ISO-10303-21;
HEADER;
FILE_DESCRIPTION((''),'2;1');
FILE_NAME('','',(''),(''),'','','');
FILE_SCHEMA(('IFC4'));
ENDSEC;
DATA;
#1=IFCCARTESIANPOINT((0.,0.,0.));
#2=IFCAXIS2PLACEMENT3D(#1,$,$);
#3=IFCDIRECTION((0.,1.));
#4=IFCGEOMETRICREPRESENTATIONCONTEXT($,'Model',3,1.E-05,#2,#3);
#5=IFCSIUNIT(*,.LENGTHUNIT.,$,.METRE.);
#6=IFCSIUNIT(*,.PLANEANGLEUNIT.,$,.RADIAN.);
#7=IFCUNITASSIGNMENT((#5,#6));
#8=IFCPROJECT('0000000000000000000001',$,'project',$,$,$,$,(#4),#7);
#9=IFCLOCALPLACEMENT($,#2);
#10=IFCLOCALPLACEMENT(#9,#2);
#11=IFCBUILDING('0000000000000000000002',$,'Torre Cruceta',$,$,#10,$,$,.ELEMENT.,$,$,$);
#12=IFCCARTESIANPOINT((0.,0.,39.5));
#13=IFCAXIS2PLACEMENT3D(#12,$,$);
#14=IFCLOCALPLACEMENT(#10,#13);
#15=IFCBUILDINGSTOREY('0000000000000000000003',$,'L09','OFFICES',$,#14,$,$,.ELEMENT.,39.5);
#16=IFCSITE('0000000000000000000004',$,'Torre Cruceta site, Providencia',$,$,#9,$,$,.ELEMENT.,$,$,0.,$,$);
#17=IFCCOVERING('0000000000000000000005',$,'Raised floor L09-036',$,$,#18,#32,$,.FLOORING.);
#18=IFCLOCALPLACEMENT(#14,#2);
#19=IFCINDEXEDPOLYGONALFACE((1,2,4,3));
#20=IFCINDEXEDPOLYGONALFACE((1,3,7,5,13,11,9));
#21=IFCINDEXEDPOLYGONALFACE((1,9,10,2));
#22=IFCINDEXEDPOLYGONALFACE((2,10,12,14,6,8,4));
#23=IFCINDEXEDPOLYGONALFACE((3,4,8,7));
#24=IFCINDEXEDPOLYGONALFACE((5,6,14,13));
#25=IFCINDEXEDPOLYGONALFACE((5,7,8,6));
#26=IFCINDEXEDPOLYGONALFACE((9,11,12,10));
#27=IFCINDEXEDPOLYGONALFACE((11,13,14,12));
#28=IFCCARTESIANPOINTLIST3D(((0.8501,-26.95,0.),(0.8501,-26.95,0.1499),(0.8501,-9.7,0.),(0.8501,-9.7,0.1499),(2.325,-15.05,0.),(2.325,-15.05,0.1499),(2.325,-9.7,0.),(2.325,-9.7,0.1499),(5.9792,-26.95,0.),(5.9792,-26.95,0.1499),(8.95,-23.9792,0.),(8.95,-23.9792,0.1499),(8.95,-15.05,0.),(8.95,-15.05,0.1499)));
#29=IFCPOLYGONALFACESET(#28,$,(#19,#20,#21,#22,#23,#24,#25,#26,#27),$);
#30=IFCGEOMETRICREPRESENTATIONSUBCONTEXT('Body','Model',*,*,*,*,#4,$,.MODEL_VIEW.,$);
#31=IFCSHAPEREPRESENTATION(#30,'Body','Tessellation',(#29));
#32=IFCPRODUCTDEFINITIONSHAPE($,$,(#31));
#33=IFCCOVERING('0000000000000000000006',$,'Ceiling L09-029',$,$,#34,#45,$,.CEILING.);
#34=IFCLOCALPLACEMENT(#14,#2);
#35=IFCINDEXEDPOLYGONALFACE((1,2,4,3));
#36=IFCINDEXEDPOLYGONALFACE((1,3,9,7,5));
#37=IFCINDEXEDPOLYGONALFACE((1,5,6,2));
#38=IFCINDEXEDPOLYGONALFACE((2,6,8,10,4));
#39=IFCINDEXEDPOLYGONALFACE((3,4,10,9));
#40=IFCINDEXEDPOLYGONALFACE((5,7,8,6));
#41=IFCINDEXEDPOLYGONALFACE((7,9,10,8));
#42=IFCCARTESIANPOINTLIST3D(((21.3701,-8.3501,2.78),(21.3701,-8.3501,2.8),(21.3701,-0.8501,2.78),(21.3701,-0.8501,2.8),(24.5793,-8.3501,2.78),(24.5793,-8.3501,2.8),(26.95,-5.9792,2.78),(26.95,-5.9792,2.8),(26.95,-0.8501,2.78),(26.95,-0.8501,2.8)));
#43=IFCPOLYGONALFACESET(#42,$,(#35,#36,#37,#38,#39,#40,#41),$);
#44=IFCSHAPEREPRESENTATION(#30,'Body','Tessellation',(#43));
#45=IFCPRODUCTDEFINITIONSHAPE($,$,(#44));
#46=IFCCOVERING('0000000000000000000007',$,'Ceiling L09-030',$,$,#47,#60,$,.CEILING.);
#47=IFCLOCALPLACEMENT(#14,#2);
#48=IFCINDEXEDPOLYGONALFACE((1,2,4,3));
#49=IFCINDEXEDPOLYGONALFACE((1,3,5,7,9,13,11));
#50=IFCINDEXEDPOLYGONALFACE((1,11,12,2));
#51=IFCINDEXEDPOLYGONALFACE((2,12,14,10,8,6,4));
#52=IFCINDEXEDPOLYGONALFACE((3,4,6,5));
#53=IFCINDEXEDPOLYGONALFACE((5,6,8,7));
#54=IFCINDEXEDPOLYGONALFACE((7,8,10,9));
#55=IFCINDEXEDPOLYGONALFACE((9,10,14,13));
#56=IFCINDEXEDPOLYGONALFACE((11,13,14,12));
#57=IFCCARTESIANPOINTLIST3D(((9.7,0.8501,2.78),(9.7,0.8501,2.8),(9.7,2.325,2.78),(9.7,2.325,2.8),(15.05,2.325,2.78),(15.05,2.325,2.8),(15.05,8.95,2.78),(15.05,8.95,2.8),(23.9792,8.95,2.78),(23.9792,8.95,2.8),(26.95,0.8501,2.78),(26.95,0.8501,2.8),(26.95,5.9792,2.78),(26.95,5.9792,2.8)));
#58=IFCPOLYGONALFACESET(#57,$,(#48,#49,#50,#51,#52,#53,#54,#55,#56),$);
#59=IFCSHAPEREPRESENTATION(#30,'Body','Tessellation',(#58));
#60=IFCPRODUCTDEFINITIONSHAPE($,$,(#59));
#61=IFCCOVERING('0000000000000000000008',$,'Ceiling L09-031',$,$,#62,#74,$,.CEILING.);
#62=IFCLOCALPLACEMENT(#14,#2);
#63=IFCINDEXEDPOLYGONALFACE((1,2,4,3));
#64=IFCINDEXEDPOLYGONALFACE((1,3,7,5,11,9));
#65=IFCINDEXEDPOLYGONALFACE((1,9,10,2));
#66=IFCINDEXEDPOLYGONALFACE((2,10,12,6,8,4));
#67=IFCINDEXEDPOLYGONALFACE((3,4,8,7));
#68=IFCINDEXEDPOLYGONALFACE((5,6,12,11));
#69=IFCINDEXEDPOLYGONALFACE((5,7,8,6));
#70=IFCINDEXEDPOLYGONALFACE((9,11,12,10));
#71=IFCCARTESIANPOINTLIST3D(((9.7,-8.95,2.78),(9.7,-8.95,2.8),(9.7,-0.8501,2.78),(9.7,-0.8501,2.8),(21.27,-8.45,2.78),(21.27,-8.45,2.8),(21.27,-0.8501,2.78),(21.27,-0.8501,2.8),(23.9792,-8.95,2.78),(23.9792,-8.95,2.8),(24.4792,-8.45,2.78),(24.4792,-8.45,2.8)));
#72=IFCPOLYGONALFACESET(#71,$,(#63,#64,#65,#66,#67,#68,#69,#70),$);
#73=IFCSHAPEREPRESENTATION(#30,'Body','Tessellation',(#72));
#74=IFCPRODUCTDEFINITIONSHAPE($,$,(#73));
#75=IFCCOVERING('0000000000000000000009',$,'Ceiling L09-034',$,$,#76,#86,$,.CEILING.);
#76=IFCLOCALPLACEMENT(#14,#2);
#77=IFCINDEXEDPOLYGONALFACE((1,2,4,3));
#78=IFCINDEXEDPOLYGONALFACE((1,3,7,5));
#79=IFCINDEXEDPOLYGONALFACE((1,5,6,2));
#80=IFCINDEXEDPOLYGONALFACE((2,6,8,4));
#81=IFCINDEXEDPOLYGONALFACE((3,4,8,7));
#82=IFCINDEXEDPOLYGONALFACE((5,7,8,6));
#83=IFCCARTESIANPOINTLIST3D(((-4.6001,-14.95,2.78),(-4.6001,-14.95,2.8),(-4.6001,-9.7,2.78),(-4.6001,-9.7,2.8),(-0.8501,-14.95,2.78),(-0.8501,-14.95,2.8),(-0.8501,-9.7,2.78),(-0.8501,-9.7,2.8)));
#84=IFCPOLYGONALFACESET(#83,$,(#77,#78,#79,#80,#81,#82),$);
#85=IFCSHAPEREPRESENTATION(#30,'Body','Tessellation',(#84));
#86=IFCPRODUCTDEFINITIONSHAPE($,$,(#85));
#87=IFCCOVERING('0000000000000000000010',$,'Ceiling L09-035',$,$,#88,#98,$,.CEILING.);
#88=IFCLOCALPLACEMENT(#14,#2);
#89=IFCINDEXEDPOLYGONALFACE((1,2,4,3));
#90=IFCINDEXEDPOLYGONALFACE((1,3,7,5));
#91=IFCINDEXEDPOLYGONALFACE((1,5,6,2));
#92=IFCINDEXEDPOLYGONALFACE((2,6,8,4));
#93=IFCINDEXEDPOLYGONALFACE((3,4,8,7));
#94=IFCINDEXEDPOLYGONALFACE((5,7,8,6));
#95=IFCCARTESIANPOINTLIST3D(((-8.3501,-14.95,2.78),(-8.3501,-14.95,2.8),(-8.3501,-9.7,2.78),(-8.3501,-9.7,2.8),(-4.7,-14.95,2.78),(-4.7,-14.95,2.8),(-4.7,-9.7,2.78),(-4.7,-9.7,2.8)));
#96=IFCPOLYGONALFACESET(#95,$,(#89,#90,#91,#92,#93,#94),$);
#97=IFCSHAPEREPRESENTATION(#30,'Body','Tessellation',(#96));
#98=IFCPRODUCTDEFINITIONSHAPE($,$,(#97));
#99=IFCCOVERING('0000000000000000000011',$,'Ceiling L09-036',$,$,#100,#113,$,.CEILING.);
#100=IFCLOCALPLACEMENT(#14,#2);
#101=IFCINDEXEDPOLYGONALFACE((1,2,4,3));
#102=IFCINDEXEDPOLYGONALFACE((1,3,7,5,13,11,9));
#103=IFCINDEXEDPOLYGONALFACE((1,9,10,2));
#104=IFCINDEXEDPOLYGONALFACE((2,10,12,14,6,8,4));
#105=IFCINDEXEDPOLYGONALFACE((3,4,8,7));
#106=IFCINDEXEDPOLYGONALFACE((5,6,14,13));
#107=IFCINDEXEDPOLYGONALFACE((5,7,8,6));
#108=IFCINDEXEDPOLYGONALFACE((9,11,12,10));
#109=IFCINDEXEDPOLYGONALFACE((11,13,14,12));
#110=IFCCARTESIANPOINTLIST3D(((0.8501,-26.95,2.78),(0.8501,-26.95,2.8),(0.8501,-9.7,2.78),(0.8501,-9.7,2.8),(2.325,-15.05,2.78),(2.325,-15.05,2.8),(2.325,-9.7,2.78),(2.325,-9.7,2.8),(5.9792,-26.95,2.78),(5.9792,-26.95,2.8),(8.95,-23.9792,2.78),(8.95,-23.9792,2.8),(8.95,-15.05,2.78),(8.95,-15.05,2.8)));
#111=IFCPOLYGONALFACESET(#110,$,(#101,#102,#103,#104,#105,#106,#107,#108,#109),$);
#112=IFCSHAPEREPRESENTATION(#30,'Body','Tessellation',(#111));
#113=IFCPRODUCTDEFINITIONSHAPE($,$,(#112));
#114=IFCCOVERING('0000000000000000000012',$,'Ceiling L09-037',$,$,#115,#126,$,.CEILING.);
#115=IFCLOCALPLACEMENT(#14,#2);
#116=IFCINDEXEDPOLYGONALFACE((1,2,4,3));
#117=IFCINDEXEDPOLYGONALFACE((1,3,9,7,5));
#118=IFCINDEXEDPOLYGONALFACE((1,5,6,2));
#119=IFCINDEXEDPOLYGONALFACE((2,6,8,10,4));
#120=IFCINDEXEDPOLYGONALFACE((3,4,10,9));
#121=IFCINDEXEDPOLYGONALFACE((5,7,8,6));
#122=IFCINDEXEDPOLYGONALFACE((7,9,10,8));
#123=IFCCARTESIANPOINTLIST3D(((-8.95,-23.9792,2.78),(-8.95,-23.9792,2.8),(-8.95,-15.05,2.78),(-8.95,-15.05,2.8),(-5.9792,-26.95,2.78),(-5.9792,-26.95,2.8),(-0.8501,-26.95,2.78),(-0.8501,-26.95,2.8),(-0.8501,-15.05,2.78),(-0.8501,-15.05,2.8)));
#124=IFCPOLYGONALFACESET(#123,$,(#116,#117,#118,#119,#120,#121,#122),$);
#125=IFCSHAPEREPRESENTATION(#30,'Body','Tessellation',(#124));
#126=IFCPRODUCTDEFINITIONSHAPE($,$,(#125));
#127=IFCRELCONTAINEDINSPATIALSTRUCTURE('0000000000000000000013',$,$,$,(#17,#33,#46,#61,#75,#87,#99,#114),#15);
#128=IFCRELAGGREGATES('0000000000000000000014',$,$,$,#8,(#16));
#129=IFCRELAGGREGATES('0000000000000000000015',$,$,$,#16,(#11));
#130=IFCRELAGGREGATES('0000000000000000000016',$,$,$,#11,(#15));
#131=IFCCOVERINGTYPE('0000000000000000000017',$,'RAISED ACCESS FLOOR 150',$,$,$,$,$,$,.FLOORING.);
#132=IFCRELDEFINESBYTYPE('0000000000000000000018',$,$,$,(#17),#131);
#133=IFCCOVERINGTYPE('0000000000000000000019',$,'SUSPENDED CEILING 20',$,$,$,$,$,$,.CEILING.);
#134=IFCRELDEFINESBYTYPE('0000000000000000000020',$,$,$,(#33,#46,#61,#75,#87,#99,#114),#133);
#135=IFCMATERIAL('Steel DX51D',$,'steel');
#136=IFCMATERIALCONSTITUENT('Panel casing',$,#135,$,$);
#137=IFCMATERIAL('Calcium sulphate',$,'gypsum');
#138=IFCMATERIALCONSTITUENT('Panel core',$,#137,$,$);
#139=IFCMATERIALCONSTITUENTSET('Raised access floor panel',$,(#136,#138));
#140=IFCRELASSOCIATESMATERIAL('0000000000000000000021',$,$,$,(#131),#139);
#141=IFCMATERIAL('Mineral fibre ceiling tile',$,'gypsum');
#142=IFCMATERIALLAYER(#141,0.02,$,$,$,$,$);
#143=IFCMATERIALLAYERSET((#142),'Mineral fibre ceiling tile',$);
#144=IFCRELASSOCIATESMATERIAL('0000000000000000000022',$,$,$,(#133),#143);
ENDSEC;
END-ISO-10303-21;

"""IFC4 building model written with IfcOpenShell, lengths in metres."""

from ifc_helpers import new_model, si_unit, direction, frame, origin, place, context, subcontext, project, spatial, polyline, outline, extrude, material, layer, layer_set, constituent, constituent_set, type_object, element, save


model = new_model("IFC4")

# Units and contexts
model_context = context("Model", 3, precision=1e-05, world=origin(), true_north=direction((0.0, 1.0)))
body_context = subcontext(model_context, "Body", "Model", "MODEL_VIEW")
ifc_project = project(units=[si_unit("LENGTHUNIT", "METRE"), si_unit("PLANEANGLEUNIT", "RADIAN")], contexts=[model_context])

# Site, building, storey
site_placement = place(None, origin())
site = spatial("IfcSite", under=ifc_project, at=site_placement, Name="Torre Cruceta site, Providencia", CompositionType="ELEMENT", RefElevation=0.0)
building_placement = place(site_placement, origin())
building = spatial("IfcBuilding", under=site, at=building_placement, Name="Torre Cruceta", CompositionType="ELEMENT")
storey_placement = place(building_placement, frame((0.0, 0.0, 39.5)))
storey = spatial("IfcBuildingStorey", under=building, at=storey_placement, Name="L09", Description="OFFICES", CompositionType="ELEMENT", Elevation=39.5)

# Coverings
ifc_material_1 = material(Name="Steel DX51D", Category="steel")
ifc_constituent_1 = constituent(ifc_material_1, Name="Panel casing")
ifc_material_2 = material(Name="Calcium sulphate", Category="gypsum")
ifc_constituent_2 = constituent(ifc_material_2, Name="Panel core")
ifc_constituent_set_1 = constituent_set(constituents=[ifc_constituent_1, ifc_constituent_2], Name="Raised access floor panel")
covering_type_1 = type_object("IfcCoveringType", Name="RAISED ACCESS FLOOR 150", PredefinedType="FLOORING", material=ifc_constituent_set_1)
covering_1_placement = place(storey_placement, origin())
element("IfcCovering", 1, at=covering_1_placement, inside=storey, type_object=covering_type_1, Name="Raised floor L09-036", PredefinedType="FLOORING", context=body_context, shape_type="SweptSolid", body=[
    extrude(outline(polyline([(0.8501, -26.95), (0.8501, -9.7), (2.325, -9.7), (2.325, -15.05), (8.95, -15.05), (8.95, -23.9792), (5.9792, -26.95), (0.8501, -26.95)])), origin(), (0.0, 0.0, 1.0), 0.1499),
])
ifc_material_3 = material(Name="Mineral fibre ceiling tile", Category="gypsum")
ifc_layer_1 = layer(ifc_material_3, 0.02)
ifc_layer_set_1 = layer_set([ifc_layer_1], Name="Mineral fibre ceiling tile")
covering_type_2 = type_object("IfcCoveringType", Name="SUSPENDED CEILING 20", PredefinedType="CEILING", material=ifc_layer_set_1)
covering_2_placement = place(storey_placement, frame((0.0, 0.0, 2.78)))
element("IfcCovering", 2, at=covering_2_placement, inside=storey, type_object=covering_type_2, Name="Ceiling L09-029", PredefinedType="CEILING", context=body_context, shape_type="SweptSolid", body=[
    extrude(outline(polyline([(24.5793, -8.3501), (21.3701, -8.3501), (21.3701, -0.8501), (26.95, -0.8501), (26.95, -5.9792), (24.5793, -8.3501)])), origin(), (0.0, 0.0, 1.0), 0.02),
])
covering_3_placement = place(storey_placement, frame((0.0, 0.0, 2.78)))
element("IfcCovering", 3, at=covering_3_placement, inside=storey, type_object=covering_type_2, Name="Ceiling L09-030", PredefinedType="CEILING", context=body_context, shape_type="SweptSolid", body=[
    extrude(outline(polyline([(26.95, 0.8501), (9.7, 0.8501), (9.7, 2.325), (15.05, 2.325), (15.05, 8.95), (23.9792, 8.95), (26.95, 5.9792), (26.95, 0.8501)])), origin(), (0.0, 0.0, 1.0), 0.02),
])
covering_4_placement = place(storey_placement, frame((0.0, 0.0, 2.78)))
element("IfcCovering", 4, at=covering_4_placement, inside=storey, type_object=covering_type_2, Name="Ceiling L09-031", PredefinedType="CEILING", context=body_context, shape_type="SweptSolid", body=[
    extrude(outline(polyline([(21.27, -8.45), (24.4792, -8.45), (23.9792, -8.95), (9.7, -8.95), (9.7, -0.8501), (21.27, -0.8501), (21.27, -8.45)])), origin(), (0.0, 0.0, 1.0), 0.02),
])
covering_5_placement = place(storey_placement, frame((0.0, 0.0, 2.78)))
element("IfcCovering", 5, at=covering_5_placement, inside=storey, type_object=covering_type_2, Name="Ceiling L09-034", PredefinedType="CEILING", context=body_context, shape_type="SweptSolid", body=[
    extrude(outline(polyline([(-4.6001, -9.7), (-0.8501, -9.7), (-0.8501, -14.95), (-4.6001, -14.95), (-4.6001, -9.7)])), origin(), (0.0, 0.0, 1.0), 0.02),
])
covering_6_placement = place(storey_placement, frame((0.0, 0.0, 2.78)))
element("IfcCovering", 6, at=covering_6_placement, inside=storey, type_object=covering_type_2, Name="Ceiling L09-035", PredefinedType="CEILING", context=body_context, shape_type="SweptSolid", body=[
    extrude(outline(polyline([(-8.3501, -9.7), (-4.7, -9.7), (-4.7, -14.95), (-8.3501, -14.95), (-8.3501, -9.7)])), origin(), (0.0, 0.0, 1.0), 0.02),
])
covering_7_placement = place(storey_placement, frame((0.0, 0.0, 2.78)))
element("IfcCovering", 7, at=covering_7_placement, inside=storey, type_object=covering_type_2, Name="Ceiling L09-036", PredefinedType="CEILING", context=body_context, shape_type="SweptSolid", body=[
    extrude(outline(polyline([(0.8501, -26.95), (0.8501, -9.7), (2.325, -9.7), (2.325, -15.05), (8.95, -15.05), (8.95, -23.9792), (5.9792, -26.95), (0.8501, -26.95)])), origin(), (0.0, 0.0, 1.0), 0.02),
])
covering_8_placement = place(storey_placement, frame((0.0, 0.0, 2.78)))
element("IfcCovering", 8, at=covering_8_placement, inside=storey, type_object=covering_type_2, Name="Ceiling L09-037", PredefinedType="CEILING", context=body_context, shape_type="SweptSolid", body=[
    extrude(outline(polyline([(-5.9792, -26.95), (-8.95, -23.9792), (-8.95, -15.05), (-0.8501, -15.05), (-0.8501, -26.95), (-5.9792, -26.95)])), origin(), (0.0, 0.0, 1.0), 0.02),
])

save(model, "model.ifc")
